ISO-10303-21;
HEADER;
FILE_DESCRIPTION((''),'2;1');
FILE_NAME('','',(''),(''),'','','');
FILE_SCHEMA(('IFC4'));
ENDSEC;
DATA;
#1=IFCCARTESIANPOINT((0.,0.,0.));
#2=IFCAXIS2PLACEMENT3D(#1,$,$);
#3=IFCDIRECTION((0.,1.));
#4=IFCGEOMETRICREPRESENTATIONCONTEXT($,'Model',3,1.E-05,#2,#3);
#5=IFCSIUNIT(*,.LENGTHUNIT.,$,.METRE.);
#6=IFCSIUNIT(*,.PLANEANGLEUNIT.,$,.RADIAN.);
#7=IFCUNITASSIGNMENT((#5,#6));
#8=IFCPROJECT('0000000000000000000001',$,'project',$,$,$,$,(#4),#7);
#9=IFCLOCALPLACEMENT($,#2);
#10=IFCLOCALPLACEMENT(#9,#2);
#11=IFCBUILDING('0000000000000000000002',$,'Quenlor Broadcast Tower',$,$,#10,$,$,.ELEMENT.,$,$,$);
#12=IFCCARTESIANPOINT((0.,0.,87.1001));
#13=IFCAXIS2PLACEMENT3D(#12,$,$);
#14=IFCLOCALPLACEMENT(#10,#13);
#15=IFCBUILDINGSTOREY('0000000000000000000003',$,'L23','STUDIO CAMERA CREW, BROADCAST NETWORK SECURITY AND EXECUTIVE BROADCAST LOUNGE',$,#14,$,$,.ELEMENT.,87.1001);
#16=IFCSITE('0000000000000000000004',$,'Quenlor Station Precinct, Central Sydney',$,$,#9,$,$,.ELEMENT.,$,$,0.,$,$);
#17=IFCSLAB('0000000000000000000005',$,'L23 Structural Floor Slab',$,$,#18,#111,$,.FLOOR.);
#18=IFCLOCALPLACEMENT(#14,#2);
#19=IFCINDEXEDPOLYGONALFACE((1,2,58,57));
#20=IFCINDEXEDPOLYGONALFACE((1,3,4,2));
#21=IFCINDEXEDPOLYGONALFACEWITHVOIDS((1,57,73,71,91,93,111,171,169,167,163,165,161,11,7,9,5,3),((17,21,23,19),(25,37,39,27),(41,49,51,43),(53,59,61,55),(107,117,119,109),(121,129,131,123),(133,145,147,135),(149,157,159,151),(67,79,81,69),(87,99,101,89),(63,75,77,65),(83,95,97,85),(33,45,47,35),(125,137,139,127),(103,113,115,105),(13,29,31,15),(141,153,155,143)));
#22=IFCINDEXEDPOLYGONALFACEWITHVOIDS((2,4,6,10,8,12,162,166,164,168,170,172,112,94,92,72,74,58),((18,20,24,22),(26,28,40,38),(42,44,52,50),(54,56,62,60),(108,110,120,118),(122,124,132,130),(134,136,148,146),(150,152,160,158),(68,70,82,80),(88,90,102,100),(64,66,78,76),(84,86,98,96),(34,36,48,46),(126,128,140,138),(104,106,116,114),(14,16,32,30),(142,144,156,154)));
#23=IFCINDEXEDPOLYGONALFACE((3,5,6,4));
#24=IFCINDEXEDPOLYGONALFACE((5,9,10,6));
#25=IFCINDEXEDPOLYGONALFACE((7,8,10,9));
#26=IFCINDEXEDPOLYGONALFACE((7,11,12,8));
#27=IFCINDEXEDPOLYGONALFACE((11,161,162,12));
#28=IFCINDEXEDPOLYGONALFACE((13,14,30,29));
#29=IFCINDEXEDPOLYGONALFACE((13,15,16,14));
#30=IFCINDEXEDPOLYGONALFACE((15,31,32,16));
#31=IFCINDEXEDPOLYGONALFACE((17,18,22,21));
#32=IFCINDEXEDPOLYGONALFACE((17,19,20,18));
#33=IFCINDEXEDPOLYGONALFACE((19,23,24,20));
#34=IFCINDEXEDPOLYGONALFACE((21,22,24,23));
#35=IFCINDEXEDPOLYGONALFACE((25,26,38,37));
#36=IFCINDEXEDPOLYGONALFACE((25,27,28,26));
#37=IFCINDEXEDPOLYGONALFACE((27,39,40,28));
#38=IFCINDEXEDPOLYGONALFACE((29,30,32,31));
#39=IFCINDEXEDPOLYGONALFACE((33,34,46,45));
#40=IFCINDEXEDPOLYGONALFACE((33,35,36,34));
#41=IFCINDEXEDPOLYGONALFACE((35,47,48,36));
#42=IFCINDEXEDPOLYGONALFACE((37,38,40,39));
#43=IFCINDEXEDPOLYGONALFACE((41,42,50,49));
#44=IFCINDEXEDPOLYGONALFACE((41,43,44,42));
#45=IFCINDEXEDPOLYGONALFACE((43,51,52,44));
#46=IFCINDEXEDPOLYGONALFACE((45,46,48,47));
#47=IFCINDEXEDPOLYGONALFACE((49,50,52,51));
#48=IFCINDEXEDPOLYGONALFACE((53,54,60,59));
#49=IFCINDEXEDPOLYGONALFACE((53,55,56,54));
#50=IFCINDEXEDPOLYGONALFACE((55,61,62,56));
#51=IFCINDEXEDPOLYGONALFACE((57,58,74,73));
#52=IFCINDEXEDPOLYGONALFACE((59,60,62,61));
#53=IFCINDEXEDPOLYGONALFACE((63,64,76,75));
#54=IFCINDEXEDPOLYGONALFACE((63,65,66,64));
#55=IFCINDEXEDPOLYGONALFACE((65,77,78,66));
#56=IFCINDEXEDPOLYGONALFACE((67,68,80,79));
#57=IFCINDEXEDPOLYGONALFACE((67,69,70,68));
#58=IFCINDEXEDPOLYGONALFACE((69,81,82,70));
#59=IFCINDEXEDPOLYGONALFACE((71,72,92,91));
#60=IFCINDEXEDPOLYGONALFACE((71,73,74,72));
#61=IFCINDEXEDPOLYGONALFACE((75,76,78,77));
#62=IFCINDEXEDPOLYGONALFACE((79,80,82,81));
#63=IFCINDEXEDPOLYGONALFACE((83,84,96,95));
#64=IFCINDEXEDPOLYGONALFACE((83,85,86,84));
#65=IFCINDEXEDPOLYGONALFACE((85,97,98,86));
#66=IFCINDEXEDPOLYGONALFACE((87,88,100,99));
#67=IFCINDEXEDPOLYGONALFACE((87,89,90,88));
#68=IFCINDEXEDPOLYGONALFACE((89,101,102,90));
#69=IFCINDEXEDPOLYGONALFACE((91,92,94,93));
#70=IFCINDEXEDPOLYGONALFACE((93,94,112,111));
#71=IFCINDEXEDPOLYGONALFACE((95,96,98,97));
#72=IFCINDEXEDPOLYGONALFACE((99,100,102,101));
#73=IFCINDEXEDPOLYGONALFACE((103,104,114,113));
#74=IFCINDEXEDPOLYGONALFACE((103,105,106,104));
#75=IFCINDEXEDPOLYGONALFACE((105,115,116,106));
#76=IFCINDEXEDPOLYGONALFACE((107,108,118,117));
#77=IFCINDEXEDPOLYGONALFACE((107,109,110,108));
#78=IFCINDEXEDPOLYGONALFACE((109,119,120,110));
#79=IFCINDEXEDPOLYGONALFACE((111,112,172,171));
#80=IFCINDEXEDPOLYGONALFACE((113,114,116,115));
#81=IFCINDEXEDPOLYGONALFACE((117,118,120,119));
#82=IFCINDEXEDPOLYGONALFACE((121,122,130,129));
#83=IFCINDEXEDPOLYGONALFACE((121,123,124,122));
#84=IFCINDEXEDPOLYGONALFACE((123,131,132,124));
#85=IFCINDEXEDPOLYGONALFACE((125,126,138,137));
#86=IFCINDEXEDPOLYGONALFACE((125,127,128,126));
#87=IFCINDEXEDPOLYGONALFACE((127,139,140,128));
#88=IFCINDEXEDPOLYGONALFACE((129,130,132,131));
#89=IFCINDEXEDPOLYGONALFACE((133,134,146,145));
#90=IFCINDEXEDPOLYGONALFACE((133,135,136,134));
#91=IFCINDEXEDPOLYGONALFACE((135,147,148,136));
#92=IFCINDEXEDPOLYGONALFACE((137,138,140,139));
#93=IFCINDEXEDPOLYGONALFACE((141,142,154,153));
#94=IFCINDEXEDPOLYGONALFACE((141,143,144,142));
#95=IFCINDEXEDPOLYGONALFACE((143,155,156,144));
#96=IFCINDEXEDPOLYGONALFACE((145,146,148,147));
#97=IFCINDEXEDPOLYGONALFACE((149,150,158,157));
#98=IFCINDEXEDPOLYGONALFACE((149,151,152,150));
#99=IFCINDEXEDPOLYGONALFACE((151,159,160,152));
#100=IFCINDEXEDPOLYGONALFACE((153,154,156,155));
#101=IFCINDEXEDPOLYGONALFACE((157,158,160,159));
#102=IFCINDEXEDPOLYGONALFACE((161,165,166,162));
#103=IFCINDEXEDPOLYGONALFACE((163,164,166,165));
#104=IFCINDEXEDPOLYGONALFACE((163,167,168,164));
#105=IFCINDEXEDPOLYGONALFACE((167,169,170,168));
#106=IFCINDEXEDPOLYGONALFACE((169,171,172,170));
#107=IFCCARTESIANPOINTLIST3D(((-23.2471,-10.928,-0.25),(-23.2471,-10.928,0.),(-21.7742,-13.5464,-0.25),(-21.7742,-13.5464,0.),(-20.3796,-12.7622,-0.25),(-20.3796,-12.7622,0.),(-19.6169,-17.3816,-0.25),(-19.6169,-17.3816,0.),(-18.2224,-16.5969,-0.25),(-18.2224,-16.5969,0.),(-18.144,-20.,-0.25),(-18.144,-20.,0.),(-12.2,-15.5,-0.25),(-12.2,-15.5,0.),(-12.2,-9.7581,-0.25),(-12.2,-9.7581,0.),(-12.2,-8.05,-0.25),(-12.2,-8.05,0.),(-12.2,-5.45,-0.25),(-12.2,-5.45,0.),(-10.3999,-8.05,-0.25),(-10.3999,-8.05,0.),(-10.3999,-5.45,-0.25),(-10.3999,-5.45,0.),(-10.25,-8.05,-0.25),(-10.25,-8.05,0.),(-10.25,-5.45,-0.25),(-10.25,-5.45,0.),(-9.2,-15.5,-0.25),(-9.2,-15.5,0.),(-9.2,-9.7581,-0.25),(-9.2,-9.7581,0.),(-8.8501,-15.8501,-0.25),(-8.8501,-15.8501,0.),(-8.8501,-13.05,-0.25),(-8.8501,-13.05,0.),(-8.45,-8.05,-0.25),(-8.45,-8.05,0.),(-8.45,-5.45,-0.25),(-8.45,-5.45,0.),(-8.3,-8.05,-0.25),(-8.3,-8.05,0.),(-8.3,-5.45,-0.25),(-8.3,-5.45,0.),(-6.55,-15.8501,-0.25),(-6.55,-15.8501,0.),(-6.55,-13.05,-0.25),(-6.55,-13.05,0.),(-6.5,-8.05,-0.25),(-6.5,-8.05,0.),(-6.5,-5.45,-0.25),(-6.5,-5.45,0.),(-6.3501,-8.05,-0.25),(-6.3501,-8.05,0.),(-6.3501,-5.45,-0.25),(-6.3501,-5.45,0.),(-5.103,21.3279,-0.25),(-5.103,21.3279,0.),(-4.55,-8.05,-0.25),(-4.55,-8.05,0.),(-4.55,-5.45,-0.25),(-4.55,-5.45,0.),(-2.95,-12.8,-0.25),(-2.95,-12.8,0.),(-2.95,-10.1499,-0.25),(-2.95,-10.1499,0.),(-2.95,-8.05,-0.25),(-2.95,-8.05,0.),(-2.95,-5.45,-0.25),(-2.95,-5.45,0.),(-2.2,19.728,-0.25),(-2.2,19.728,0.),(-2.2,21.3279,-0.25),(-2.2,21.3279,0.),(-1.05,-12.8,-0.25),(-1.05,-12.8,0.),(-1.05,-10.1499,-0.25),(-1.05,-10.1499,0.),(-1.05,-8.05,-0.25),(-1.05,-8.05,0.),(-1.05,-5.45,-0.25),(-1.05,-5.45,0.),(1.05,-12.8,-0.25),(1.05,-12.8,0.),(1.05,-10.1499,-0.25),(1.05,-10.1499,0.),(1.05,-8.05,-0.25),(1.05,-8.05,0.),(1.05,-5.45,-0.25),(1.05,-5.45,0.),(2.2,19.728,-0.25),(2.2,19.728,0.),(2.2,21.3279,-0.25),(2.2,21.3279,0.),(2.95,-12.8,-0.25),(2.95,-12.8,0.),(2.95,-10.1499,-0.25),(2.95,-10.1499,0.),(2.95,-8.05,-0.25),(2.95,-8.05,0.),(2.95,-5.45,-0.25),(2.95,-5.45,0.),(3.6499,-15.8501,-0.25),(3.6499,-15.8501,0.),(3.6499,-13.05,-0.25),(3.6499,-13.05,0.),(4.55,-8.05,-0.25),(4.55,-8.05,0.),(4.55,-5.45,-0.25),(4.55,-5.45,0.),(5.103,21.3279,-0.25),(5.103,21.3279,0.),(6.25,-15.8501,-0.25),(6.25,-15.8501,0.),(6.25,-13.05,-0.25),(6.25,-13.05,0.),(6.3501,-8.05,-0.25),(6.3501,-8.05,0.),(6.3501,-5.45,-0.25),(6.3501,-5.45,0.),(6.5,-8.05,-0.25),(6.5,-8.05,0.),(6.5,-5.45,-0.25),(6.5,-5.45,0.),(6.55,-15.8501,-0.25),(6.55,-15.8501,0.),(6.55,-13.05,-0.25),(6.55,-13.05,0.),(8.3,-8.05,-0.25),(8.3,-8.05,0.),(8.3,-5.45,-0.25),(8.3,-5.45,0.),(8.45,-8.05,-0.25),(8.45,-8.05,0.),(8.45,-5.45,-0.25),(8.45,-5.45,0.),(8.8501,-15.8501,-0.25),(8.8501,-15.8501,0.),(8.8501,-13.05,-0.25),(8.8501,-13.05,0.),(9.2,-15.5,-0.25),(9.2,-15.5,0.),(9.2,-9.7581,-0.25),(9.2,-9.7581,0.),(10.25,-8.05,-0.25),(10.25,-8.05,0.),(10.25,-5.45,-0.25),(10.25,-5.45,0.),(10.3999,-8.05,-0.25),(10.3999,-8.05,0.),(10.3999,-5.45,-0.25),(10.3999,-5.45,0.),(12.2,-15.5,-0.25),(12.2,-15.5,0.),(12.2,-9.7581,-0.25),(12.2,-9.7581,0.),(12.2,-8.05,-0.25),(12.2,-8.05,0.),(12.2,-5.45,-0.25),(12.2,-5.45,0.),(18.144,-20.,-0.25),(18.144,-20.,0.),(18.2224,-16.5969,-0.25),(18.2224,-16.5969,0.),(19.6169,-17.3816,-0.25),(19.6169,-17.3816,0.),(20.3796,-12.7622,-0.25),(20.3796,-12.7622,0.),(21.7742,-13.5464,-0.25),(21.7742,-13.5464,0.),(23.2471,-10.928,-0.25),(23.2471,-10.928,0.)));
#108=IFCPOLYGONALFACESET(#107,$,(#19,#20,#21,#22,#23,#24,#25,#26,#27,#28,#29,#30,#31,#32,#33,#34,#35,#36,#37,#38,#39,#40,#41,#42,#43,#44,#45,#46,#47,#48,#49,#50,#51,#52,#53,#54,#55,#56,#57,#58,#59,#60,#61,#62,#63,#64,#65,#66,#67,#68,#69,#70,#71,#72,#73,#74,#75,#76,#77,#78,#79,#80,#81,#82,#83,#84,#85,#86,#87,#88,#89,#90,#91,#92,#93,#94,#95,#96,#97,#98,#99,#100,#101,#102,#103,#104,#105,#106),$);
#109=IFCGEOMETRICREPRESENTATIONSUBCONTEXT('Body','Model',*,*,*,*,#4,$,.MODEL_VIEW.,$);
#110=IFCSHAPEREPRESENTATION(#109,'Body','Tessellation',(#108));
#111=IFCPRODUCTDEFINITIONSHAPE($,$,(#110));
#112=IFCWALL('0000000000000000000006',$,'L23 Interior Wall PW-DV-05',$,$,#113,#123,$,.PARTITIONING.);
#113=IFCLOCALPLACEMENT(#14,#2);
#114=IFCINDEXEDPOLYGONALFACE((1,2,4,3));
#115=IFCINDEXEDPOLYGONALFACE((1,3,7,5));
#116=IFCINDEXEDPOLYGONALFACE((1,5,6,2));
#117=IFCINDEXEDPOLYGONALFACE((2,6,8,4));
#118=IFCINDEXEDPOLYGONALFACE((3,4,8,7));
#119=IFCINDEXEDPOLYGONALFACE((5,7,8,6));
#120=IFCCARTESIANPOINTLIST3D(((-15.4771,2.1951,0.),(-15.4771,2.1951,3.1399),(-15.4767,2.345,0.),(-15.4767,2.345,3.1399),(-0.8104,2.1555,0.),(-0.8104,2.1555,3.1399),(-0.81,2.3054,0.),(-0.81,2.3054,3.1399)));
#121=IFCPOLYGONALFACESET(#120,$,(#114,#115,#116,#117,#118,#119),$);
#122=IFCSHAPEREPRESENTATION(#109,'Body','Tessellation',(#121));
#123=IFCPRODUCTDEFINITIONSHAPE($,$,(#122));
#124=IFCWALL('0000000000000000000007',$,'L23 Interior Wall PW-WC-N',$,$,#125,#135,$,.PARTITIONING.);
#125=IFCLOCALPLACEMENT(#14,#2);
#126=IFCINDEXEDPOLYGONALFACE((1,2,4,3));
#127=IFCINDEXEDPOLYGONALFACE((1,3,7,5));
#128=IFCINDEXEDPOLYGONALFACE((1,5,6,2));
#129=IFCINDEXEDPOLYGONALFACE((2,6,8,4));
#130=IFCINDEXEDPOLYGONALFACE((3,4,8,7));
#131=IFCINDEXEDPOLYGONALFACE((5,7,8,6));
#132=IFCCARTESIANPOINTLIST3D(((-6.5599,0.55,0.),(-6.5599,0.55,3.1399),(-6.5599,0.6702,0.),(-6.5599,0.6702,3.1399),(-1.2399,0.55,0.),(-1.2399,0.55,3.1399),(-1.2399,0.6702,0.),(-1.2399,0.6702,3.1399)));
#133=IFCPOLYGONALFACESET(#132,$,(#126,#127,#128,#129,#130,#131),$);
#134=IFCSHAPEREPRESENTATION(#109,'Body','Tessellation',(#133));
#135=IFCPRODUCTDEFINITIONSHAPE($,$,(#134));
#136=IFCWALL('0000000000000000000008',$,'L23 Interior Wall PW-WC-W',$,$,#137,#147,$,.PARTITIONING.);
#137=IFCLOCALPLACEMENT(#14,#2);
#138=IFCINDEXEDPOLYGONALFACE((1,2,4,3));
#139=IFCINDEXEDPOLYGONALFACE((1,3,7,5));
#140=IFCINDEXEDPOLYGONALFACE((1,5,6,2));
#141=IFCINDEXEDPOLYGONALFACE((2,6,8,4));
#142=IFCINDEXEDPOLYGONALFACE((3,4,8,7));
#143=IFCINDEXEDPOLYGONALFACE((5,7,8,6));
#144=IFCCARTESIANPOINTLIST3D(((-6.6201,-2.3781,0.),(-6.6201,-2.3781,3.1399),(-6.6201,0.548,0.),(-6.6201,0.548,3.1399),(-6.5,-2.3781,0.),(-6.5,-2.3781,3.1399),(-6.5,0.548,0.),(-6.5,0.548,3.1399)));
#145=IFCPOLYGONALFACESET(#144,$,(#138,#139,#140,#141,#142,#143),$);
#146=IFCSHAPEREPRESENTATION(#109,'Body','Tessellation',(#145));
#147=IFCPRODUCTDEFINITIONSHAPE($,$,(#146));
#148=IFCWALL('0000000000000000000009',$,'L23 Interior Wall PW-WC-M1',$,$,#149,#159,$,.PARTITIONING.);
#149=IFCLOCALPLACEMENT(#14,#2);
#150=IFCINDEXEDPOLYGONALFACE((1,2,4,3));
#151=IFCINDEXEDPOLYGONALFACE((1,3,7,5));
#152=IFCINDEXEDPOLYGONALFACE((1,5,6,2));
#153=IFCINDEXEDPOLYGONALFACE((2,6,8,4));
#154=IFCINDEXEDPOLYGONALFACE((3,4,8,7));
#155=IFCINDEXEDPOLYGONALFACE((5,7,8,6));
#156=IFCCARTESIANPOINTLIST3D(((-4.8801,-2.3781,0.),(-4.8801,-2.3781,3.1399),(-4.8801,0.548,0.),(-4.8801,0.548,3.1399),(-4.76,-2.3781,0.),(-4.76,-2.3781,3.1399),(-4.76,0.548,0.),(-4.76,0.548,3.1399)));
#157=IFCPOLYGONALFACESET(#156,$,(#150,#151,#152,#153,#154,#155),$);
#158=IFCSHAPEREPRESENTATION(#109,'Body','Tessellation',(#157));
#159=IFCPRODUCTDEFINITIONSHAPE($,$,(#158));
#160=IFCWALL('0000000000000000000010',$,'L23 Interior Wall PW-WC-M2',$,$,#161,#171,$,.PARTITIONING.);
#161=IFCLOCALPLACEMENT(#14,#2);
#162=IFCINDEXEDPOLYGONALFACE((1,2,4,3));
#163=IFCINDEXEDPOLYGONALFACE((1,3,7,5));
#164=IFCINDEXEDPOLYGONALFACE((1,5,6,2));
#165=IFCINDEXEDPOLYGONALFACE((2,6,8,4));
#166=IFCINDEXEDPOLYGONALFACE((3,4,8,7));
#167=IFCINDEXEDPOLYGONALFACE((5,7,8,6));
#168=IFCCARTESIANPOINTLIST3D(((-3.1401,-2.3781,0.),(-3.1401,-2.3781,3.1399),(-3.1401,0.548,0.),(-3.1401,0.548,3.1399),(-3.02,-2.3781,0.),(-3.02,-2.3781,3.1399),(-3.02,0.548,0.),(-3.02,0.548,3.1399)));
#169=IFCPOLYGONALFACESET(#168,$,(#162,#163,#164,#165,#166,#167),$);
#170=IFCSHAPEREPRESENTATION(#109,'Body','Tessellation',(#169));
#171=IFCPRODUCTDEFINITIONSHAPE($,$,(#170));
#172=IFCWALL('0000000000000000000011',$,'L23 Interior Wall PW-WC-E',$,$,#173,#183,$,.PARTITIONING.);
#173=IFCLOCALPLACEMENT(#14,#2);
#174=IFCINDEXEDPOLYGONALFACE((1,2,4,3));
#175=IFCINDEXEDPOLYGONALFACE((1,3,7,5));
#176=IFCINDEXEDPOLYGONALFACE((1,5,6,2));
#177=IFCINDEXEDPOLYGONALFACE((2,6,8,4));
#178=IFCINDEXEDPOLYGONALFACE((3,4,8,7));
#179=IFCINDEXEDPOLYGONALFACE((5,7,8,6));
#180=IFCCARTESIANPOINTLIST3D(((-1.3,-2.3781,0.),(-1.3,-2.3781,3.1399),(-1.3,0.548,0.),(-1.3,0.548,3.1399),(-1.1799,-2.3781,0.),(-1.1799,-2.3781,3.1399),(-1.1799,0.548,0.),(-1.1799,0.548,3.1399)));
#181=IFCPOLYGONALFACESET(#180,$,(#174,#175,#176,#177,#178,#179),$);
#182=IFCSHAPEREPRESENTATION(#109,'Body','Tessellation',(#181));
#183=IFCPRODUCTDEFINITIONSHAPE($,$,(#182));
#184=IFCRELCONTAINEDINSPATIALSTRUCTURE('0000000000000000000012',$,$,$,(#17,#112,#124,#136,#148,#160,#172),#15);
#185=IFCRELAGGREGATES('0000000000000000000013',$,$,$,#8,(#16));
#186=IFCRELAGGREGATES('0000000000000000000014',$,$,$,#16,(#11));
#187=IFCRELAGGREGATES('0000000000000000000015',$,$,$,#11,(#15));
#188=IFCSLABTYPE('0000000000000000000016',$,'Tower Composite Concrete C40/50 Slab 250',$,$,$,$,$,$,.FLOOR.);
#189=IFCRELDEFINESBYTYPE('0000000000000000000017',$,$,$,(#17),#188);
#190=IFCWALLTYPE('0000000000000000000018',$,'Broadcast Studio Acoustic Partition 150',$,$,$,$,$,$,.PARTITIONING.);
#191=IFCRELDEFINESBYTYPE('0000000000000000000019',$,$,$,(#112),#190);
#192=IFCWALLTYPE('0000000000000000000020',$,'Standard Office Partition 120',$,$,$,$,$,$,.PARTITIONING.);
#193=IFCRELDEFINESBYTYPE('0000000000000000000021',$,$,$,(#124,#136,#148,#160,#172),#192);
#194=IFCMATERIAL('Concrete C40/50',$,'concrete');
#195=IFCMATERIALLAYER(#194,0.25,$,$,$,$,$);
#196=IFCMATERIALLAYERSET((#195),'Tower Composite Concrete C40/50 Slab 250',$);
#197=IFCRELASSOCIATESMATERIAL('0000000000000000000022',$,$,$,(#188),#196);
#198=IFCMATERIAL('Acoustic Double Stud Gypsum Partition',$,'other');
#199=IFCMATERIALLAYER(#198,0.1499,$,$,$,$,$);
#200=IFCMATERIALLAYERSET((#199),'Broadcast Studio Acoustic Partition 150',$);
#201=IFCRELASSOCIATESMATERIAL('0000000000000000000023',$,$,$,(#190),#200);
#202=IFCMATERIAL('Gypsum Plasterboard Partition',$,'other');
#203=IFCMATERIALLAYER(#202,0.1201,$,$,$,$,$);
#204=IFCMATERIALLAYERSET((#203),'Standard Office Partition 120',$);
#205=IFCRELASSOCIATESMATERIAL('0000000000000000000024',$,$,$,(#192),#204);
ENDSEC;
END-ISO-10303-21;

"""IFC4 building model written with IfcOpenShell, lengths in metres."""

from ifc_helpers import new_model, si_unit, direction, frame, frame_2d, origin, place, context, subcontext, project, spatial, polyline, rectangle, outline, extrude, material, layer, layer_set, type_object, element, save


model = new_model("IFC4")

# Units and contexts
model_context = context("Model", 3, precision=1e-05, world=origin(), true_north=direction((0.0, 1.0)))
body_context = subcontext(model_context, "Body", "Model", "MODEL_VIEW")
ifc_project = project(units=[si_unit("LENGTHUNIT", "METRE"), si_unit("PLANEANGLEUNIT", "RADIAN")], contexts=[model_context])

# Site, building, storey
site_placement = place(None, origin())
site = spatial("IfcSite", under=ifc_project, at=site_placement, Name="Quenlor Station Precinct, Central Sydney", CompositionType="ELEMENT", RefElevation=0.0)
building_placement = place(site_placement, origin())
building = spatial("IfcBuilding", under=site, at=building_placement, Name="Quenlor Broadcast Tower", CompositionType="ELEMENT")
storey_placement = place(building_placement, frame((0.0, 0.0, 87.1001)))
storey = spatial("IfcBuildingStorey", under=building, at=storey_placement, Name="L23", Description="STUDIO CAMERA CREW, BROADCAST NETWORK SECURITY AND EXECUTIVE BROADCAST LOUNGE", CompositionType="ELEMENT", Elevation=87.1001)

# Slab
ifc_material_1 = material(Name="Concrete C40/50", Category="concrete")
ifc_layer_1 = layer(ifc_material_1, 0.25)
ifc_layer_set_1 = layer_set([ifc_layer_1], Name="Tower Composite Concrete C40/50 Slab 250")
slab_type = type_object("IfcSlabType", Name="Tower Composite Concrete C40/50 Slab 250", PredefinedType="FLOOR", material=ifc_layer_set_1)
slab_placement = place(storey_placement, frame((0.0, 0.0, -0.25)))
element("IfcSlab", 1, at=slab_placement, inside=storey, type_object=slab_type, Name="L23 Structural Floor Slab", PredefinedType="FLOOR", context=body_context, shape_type="SweptSolid", body=[
    extrude(outline(polyline([(18.144, -20.0), (19.6169, -17.3816), (18.2224, -16.5969), (20.3796, -12.7622), (21.7742, -13.5464), (23.2471, -10.928), (5.103, 21.3279), (2.2, 21.3279), (2.2, 19.728), (-2.2, 19.728), (-2.2, 21.3279), (-5.103, 21.3279), (-23.2471, -10.928), (-21.7742, -13.5464), (-20.3796, -12.7622), (-18.2224, -16.5969), (-19.6169, -17.3816), (-18.144, -20.0), (18.144, -20.0)]), holes=[polyline([(-12.2, -9.7581), (-12.2, -15.5), (-9.2, -15.5), (-9.2, -9.7581), (-12.2, -9.7581)]), polyline([(9.2, -9.7581), (9.2, -15.5), (12.2, -15.5), (12.2, -9.7581), (9.2, -9.7581)]), polyline([(-12.2, -8.05), (-10.3999, -8.05), (-10.3999, -5.45), (-12.2, -5.45), (-12.2, -8.05)]), polyline([(-10.25, -8.05), (-8.45, -8.05), (-8.45, -5.45), (-10.25, -5.45), (-10.25, -8.05)]), polyline([(-8.3, -8.05), (-6.5, -8.05), (-6.5, -5.45), (-8.3, -5.45), (-8.3, -8.05)]), polyline([(-6.3501, -8.05), (-4.55, -8.05), (-4.55, -5.45), (-6.3501, -5.45), (-6.3501, -8.05)]), polyline([(-2.95, -8.05), (-1.05, -8.05), (-1.05, -5.45), (-2.95, -5.45), (-2.95, -8.05)]), polyline([(1.05, -8.05), (2.95, -8.05), (2.95, -5.45), (1.05, -5.45), (1.05, -8.05)]), polyline([(-2.95, -12.8), (-1.05, -12.8), (-1.05, -10.1499), (-2.95, -10.1499), (-2.95, -12.8)]), polyline([(1.05, -12.8), (2.95, -12.8), (2.95, -10.1499), (1.05, -10.1499), (1.05, -12.8)]), polyline([(4.55, -8.05), (6.3501, -8.05), (6.3501, -5.45), (4.55, -5.45), (4.55, -8.05)]), polyline([(6.5, -8.05), (8.3, -8.05), (8.3, -5.45), (6.5, -5.45), (6.5, -8.05)]), polyline([(8.45, -8.05), (10.25, -8.05), (10.25, -5.45), (8.45, -5.45), (8.45, -8.05)]), polyline([(10.3999, -8.05), (12.2, -8.05), (12.2, -5.45), (10.3999, -5.45), (10.3999, -8.05)]), polyline([(-8.8501, -15.8501), (-6.55, -15.8501), (-6.55, -13.05), (-8.8501, -13.05), (-8.8501, -15.8501)]), polyline([(6.55, -15.8501), (8.8501, -15.8501), (8.8501, -13.05), (6.55, -13.05), (6.55, -15.8501)]), polyline([(3.6499, -15.8501), (6.25, -15.8501), (6.25, -13.05), (3.6499, -13.05), (3.6499, -15.8501)])]), origin(), (0.0, 0.0, 1.0), 0.25),
])

# Wall
ifc_material_2 = material(Name="Acoustic Double Stud Gypsum Partition", Category="other")
ifc_layer_2 = layer(ifc_material_2, 0.1499)
ifc_layer_set_2 = layer_set([ifc_layer_2], Name="Broadcast Studio Acoustic Partition 150")
wall_type_1 = type_object("IfcWallType", Name="Broadcast Studio Acoustic Partition 150", PredefinedType="PARTITIONING", material=ifc_layer_set_2)
wall_1_placement = place(storey_placement, frame((-0.8101, 2.2305, 0.0), z_axis=(0.0, 0.0, 1.0), x_axis=(-0.999996, 0.002697, 0.0)))
element("IfcWall", 2, at=wall_1_placement, inside=storey, type_object=wall_type_1, Name="L23 Interior Wall PW-DV-05", PredefinedType="PARTITIONING", context=body_context, shape_type="SweptSolid", body=[
    extrude(rectangle(XDim=14.6667, YDim=0.1499, at=frame_2d((7.3335, 0.0))), origin(), (0.0, 0.0, 1.0), 3.1399),
])

# Shared definitions
ifc_material_3 = material(Name="Gypsum Plasterboard Partition", Category="other")
ifc_layer_3 = layer(ifc_material_3, 0.1201)
ifc_layer_set_3 = layer_set([ifc_layer_3], Name="Standard Office Partition 120")
wall_type_2 = type_object("IfcWallType", Name="Standard Office Partition 120", PredefinedType="PARTITIONING", material=ifc_layer_set_3)

# Walls
wall_2_placement = place(storey_placement, frame((-6.5601, 0.6101, 0.0), z_axis=(0.0, 0.0, 1.0), x_axis=(1.0, 0.0, 0.0)))
element("IfcWall", 3, at=wall_2_placement, inside=storey, type_object=wall_type_2, Name="L23 Interior Wall PW-WC-N", PredefinedType="PARTITIONING", context=body_context, shape_type="SweptSolid", body=[
    extrude(rectangle(XDim=5.3201, YDim=0.1201, at=frame_2d((2.6602, 0.0))), origin(), (0.0, 0.0, 1.0), 3.1399),
])
for number, where, z_axis, x_axis, name in (
    (4, (-6.5601, -2.3779, 0.0), (0.0, 0.0, 1.0), (0.0, 1.0, 0.0), "L23 Interior Wall PW-WC-W"),
    (5, (-4.8201, -2.3779, 0.0), (0.0, 0.0, 1.0), (0.0, 1.0, 0.0), "L23 Interior Wall PW-WC-M1"),
    (6, (-3.0801, -2.3779, 0.0), (0.0, 0.0, 1.0), (0.0, 1.0, 0.0), "L23 Interior Wall PW-WC-M2"),
    (7, (-1.24, -2.3779, 0.0), (0.0, 0.0, 1.0), (0.0, 1.0, 0.0), "L23 Interior Wall PW-WC-E"),
):
    element("IfcWall", number, at=place(storey_placement, frame(where, z_axis=z_axis, x_axis=x_axis)), inside=storey, type_object=wall_type_2, Name=name, PredefinedType="PARTITIONING", context=body_context, shape_type="SweptSolid", body=[
        extrude(rectangle(XDim=2.926, YDim=0.1201, at=frame_2d((1.4629, 0.0))), origin(), (0.0, 0.0, 1.0), 3.1399),
    ])

save(model, "model.ifc")
